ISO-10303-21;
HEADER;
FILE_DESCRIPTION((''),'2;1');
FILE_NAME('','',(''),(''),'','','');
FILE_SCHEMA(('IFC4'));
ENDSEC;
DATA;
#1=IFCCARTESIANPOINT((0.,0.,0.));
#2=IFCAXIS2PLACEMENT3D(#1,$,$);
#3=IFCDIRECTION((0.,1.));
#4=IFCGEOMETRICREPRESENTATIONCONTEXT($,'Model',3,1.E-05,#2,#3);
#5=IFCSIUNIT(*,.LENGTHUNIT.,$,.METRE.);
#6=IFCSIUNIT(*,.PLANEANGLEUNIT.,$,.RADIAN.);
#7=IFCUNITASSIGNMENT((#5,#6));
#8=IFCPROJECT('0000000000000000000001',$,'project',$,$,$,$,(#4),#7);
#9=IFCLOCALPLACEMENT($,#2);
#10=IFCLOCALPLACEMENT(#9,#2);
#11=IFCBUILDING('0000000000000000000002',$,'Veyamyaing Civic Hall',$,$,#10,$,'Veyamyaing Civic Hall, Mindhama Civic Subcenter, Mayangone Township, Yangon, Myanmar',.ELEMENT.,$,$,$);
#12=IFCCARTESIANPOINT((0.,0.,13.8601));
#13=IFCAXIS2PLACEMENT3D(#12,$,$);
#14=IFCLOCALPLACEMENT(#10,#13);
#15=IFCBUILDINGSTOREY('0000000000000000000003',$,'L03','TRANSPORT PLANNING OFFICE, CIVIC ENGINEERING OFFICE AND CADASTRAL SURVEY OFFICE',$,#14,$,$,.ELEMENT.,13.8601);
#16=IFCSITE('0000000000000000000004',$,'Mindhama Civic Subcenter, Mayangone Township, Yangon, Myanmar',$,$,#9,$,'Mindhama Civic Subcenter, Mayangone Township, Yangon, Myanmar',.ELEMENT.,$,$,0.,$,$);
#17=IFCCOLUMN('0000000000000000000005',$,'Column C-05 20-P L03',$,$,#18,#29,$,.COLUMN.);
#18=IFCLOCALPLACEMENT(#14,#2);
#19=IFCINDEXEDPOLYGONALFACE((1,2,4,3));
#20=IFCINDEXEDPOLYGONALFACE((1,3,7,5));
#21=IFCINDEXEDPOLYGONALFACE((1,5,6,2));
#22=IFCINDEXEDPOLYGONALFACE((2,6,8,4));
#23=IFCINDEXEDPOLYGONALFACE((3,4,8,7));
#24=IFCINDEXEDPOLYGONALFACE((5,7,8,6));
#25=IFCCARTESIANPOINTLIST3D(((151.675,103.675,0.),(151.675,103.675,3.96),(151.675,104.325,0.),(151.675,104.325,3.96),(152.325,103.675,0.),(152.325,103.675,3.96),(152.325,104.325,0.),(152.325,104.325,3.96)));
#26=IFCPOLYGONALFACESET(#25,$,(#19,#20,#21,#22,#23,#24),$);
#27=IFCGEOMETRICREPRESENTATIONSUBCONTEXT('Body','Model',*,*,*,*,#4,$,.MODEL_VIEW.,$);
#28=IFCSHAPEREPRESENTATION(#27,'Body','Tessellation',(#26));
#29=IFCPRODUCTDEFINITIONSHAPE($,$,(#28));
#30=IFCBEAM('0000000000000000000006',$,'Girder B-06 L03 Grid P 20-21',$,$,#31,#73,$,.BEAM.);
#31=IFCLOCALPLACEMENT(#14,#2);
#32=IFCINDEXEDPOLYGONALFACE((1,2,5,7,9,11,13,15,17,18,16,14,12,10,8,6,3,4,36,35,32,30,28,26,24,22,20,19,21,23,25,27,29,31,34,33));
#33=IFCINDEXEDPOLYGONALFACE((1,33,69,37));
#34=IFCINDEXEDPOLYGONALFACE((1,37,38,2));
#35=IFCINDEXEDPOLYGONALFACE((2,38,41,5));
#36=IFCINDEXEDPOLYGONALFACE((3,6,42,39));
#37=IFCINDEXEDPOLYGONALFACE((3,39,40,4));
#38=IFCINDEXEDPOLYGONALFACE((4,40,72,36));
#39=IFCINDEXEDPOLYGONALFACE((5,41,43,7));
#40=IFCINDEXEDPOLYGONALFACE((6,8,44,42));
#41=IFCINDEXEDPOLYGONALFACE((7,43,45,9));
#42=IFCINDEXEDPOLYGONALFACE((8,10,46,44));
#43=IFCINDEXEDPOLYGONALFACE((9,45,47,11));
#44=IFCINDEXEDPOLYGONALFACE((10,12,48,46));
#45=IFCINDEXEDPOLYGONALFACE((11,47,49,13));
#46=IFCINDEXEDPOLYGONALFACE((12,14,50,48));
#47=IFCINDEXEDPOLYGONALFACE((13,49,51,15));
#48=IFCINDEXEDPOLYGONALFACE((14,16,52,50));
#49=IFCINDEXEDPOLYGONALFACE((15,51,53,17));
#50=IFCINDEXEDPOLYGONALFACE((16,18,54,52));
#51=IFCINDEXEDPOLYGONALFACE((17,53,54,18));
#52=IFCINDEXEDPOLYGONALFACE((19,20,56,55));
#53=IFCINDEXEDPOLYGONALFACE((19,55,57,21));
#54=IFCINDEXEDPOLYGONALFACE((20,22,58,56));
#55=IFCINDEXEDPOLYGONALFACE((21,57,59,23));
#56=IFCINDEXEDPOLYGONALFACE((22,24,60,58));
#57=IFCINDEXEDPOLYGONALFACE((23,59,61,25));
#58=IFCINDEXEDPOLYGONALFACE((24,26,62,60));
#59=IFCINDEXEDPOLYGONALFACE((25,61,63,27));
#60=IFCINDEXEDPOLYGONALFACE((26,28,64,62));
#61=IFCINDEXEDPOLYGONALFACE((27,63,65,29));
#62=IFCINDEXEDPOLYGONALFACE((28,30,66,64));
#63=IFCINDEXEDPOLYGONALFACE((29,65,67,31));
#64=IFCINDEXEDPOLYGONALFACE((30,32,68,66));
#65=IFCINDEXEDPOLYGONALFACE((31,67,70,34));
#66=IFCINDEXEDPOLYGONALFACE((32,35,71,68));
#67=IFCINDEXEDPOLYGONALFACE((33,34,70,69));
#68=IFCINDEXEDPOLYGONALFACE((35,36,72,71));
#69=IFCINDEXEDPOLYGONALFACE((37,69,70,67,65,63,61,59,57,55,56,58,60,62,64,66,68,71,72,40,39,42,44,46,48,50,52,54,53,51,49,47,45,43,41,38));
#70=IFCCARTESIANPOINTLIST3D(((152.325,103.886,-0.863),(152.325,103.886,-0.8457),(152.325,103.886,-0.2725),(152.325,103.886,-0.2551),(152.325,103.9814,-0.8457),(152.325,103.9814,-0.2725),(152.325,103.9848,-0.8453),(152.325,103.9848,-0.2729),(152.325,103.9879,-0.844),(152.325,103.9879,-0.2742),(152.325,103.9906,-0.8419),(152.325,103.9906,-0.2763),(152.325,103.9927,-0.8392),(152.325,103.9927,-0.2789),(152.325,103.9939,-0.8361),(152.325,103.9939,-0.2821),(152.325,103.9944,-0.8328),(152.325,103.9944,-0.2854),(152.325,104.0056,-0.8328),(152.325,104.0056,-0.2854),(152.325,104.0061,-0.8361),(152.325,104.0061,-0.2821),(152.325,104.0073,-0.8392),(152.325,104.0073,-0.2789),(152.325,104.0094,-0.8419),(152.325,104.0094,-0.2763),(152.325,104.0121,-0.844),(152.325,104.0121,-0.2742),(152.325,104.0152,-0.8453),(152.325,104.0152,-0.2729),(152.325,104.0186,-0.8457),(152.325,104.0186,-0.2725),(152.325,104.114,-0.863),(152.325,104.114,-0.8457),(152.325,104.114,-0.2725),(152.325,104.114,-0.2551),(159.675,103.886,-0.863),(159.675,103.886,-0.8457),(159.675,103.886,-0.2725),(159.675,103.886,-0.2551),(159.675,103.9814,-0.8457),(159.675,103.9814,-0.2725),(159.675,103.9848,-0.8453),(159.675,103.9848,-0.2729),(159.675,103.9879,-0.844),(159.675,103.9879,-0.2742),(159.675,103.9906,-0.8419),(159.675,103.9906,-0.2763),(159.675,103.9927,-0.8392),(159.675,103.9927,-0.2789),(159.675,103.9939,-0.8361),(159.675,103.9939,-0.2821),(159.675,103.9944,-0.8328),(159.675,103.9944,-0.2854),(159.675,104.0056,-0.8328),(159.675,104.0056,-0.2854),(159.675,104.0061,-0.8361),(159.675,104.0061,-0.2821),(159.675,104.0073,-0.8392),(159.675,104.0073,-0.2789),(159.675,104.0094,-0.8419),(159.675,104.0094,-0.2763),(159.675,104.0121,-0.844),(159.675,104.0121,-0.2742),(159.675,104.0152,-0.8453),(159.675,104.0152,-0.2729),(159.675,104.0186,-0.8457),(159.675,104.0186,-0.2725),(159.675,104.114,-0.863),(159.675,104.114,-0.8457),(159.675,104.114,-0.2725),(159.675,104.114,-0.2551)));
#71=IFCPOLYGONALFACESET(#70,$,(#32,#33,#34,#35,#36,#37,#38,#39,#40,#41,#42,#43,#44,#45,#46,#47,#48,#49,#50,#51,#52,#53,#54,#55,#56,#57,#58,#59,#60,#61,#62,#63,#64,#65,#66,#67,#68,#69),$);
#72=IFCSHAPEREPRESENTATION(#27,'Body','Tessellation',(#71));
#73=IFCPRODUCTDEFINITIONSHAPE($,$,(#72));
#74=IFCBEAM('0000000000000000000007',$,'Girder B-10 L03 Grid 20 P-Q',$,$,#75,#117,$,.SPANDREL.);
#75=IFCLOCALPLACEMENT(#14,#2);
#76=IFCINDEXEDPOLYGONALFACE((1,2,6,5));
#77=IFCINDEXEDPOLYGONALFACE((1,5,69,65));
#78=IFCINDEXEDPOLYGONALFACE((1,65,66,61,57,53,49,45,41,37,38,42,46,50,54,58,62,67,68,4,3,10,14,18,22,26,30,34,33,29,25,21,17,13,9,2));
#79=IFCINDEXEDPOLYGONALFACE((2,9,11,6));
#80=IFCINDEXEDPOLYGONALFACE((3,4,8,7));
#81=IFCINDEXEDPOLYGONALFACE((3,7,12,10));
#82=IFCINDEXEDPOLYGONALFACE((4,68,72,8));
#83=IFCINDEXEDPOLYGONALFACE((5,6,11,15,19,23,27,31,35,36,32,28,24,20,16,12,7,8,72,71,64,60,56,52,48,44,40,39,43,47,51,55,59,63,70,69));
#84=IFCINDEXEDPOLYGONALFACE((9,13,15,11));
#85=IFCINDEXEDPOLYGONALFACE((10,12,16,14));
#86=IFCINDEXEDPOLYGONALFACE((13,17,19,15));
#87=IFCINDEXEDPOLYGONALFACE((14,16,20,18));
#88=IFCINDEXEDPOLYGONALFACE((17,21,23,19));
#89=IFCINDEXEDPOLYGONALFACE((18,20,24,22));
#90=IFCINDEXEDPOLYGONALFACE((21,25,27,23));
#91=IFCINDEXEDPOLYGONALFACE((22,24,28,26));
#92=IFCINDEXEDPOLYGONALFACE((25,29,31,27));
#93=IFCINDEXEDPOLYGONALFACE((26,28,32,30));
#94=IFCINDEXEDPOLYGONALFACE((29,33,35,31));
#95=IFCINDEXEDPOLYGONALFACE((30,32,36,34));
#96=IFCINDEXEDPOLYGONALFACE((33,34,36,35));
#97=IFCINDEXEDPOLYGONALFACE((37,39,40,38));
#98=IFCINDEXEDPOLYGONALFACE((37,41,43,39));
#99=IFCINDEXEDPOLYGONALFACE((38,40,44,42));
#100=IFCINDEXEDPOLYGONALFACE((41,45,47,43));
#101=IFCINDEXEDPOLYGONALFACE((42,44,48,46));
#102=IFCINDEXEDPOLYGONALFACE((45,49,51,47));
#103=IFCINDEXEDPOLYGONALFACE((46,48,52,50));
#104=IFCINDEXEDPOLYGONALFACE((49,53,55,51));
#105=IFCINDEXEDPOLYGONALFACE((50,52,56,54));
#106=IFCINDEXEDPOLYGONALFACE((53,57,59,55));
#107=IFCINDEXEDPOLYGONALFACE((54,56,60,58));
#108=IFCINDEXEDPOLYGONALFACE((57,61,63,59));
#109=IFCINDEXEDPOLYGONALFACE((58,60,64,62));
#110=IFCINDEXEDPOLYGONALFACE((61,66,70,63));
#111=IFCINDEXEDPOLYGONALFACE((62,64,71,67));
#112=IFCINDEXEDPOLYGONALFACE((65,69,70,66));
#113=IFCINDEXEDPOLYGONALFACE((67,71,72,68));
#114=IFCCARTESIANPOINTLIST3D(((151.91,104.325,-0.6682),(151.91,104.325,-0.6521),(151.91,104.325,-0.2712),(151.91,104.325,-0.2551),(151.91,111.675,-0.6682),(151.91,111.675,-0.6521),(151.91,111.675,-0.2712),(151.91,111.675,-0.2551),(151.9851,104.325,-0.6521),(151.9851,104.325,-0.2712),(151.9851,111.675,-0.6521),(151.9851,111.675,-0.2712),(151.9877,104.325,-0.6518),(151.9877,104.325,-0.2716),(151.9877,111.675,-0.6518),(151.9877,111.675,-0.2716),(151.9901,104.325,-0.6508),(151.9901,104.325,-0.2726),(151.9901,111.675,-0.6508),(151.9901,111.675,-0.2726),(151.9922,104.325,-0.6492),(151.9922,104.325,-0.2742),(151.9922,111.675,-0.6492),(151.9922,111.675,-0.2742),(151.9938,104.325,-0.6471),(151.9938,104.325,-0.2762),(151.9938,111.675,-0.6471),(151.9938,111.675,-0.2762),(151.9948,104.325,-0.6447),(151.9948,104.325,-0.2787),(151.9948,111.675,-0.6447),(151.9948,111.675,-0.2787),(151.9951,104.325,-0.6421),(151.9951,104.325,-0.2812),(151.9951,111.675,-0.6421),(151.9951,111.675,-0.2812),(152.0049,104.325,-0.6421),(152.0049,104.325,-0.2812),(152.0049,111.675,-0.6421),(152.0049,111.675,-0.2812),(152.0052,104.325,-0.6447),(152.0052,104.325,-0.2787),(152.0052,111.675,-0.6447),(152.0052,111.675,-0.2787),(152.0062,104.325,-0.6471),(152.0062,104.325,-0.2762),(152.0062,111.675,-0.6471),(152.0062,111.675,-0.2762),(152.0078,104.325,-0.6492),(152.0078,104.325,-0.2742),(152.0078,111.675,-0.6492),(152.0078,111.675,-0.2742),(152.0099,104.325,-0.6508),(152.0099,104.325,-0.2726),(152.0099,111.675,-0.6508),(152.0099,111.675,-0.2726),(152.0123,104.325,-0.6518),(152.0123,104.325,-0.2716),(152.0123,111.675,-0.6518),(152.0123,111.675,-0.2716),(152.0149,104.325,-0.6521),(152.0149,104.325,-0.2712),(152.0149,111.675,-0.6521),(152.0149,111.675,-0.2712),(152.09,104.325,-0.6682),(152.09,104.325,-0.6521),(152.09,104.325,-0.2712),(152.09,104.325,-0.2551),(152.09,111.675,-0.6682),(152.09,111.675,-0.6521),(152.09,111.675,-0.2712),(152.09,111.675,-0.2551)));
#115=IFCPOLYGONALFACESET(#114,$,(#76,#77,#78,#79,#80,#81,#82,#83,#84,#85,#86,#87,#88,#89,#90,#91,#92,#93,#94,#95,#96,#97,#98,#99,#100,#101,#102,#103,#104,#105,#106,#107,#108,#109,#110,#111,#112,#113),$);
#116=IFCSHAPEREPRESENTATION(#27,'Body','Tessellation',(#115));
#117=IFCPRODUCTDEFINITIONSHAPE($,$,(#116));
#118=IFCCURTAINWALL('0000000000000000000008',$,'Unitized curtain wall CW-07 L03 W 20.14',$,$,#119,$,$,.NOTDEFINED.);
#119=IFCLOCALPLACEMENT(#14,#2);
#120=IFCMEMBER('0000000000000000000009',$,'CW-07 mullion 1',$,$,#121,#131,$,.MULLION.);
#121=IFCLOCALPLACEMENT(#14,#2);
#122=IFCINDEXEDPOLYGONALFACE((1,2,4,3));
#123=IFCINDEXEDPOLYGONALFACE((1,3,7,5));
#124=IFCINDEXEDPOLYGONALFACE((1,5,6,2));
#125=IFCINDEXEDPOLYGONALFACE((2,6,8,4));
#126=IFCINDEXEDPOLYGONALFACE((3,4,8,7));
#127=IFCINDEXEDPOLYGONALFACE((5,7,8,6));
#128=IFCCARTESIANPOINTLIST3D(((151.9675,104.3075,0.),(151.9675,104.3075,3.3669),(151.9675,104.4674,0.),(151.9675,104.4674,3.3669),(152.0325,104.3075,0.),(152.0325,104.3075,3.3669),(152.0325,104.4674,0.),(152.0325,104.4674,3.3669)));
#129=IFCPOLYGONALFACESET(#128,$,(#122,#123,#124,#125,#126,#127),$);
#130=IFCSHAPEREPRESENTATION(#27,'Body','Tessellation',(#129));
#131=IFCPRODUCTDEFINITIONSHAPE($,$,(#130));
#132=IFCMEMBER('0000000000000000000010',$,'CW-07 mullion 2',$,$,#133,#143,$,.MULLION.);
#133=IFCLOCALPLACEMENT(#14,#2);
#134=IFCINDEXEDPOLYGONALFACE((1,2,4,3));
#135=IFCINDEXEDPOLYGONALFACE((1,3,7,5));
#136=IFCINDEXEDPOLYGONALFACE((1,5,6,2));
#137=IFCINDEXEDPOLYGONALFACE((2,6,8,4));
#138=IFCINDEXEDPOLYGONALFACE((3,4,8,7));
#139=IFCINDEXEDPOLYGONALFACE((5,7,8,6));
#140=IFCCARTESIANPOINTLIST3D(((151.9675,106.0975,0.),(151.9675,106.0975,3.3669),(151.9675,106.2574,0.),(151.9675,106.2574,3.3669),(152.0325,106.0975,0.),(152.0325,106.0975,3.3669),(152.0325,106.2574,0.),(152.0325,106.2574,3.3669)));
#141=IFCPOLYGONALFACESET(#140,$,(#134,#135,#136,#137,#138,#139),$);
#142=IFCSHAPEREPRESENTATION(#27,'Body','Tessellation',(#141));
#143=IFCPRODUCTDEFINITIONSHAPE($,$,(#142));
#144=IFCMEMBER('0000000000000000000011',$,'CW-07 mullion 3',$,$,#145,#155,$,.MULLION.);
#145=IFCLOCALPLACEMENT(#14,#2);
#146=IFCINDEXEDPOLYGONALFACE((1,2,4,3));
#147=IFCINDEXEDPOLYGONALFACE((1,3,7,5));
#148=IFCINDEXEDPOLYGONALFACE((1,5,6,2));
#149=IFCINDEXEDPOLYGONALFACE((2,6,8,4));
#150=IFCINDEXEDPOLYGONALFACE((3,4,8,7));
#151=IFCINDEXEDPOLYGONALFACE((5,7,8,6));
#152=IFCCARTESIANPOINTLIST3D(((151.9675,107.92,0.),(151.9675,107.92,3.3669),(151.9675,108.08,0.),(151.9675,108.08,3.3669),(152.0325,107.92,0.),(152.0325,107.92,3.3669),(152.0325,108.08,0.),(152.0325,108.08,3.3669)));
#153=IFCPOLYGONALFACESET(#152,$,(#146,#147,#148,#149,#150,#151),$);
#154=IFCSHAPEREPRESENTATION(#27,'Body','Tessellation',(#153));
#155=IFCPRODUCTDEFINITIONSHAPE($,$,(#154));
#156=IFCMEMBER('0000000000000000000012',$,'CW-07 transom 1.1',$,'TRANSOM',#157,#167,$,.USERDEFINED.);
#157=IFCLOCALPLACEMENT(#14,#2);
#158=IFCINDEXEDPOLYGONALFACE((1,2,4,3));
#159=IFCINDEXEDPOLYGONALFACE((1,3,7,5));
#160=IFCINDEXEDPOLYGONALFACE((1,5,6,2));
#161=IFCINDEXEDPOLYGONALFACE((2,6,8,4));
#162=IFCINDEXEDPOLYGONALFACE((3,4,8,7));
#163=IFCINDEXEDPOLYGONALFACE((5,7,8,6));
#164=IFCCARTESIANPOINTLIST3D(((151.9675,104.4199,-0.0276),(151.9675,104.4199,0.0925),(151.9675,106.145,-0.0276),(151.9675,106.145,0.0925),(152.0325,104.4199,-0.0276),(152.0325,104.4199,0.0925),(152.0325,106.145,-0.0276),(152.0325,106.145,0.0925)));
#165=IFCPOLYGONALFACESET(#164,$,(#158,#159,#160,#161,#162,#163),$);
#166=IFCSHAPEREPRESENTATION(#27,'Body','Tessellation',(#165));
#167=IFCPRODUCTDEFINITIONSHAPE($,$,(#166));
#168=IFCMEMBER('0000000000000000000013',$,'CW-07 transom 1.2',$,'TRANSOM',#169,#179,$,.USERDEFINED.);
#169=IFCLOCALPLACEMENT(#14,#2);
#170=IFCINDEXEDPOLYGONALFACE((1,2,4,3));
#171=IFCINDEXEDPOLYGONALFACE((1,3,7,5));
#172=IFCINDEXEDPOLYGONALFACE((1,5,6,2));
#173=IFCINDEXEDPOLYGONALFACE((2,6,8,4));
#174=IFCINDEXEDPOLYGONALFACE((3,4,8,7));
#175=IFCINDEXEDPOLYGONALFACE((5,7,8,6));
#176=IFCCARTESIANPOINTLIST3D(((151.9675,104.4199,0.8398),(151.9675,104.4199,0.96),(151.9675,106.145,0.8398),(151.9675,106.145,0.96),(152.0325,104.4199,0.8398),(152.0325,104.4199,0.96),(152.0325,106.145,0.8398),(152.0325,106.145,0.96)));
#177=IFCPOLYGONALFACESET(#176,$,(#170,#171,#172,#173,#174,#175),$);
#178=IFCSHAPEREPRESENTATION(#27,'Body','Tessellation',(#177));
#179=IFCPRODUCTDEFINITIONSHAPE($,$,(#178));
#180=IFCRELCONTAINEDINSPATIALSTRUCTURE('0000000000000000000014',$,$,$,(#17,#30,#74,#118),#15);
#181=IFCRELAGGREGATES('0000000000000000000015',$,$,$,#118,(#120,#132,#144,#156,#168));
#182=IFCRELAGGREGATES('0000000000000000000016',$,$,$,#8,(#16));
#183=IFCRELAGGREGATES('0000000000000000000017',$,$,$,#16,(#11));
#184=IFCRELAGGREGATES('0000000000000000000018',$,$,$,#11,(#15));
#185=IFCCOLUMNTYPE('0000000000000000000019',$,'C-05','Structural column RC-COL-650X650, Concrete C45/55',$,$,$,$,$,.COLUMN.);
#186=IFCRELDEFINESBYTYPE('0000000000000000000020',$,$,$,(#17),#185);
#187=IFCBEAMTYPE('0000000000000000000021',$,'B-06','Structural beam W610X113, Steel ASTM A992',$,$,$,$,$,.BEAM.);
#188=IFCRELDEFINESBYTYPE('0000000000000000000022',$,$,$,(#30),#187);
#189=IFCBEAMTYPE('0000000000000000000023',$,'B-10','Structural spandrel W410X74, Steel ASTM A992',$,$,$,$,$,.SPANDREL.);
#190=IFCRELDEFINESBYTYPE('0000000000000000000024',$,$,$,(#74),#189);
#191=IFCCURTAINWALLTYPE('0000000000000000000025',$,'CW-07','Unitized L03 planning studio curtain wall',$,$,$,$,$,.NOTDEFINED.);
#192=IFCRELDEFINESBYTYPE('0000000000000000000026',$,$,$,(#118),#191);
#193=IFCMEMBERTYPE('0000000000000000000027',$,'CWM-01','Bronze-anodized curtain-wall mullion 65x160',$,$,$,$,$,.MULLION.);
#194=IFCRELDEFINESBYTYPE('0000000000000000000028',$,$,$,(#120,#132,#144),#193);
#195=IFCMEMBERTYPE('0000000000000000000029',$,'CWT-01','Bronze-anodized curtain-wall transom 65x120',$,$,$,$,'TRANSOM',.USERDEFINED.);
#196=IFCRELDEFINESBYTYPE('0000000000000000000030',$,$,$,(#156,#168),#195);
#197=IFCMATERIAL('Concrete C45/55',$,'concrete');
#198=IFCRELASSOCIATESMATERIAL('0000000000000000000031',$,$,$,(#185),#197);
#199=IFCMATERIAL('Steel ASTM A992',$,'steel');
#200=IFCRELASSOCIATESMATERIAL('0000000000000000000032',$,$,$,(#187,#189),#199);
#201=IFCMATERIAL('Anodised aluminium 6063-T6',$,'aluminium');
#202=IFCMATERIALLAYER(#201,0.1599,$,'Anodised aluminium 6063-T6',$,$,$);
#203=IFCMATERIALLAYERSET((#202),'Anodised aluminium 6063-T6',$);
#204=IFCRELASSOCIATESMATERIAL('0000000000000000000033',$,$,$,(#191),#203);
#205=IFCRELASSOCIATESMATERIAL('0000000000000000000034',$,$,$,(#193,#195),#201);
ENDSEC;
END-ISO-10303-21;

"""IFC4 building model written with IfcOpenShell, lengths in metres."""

from ifc_helpers import new_model, si_unit, direction, frame, origin, origin_2d, place, context, subcontext, project, spatial, rectangle, i_section, extrude, material, layer, layer_set, material_profile, profile_set, type_object, element, aggregate, save


model = new_model("IFC4")

# Units and contexts
model_context = context("Model", 3, precision=1e-05, world=origin(), true_north=direction((0.0, 1.0)))
body_context = subcontext(model_context, "Body", "Model", "MODEL_VIEW")
ifc_project = project(units=[si_unit("LENGTHUNIT", "METRE"), si_unit("PLANEANGLEUNIT", "RADIAN")], contexts=[model_context])

# Site, building, storey
site_placement = place(None, origin())
site = spatial("IfcSite", under=ifc_project, at=site_placement, Name="Mindhama Civic Subcenter, Mayangone Township, Yangon, Myanmar", LongName="Mindhama Civic Subcenter, Mayangone Township, Yangon, Myanmar", CompositionType="ELEMENT", RefElevation=0.0)
building_placement = place(site_placement, origin())
building = spatial("IfcBuilding", under=site, at=building_placement, Name="Veyamyaing Civic Hall", LongName="Veyamyaing Civic Hall, Mindhama Civic Subcenter, Mayangone Township, Yangon, Myanmar", CompositionType="ELEMENT")
storey_placement = place(building_placement, frame((0.0, 0.0, 13.8601)))
storey = spatial("IfcBuildingStorey", under=building, at=storey_placement, Name="L03", Description="TRANSPORT PLANNING OFFICE, CIVIC ENGINEERING OFFICE AND CADASTRAL SURVEY OFFICE", CompositionType="ELEMENT", Elevation=13.8601)

# Column
ifc_material_1 = material(Name="Concrete C45/55", Category="concrete")
ifc_material_profile_1 = material_profile(ifc_material_1, rectangle(XDim=0.6499, YDim=0.6499, at=origin_2d()), Name="RC-COL-650X650")
ifc_profile_set_1 = profile_set([ifc_material_profile_1], Name="Concrete C45/55")
column_type = type_object("IfcColumnType", Name="C-05", Description="Structural column RC-COL-650X650, Concrete C45/55", PredefinedType="COLUMN", material=ifc_profile_set_1)
column_placement = place(storey_placement, frame((152.0, 104.0, 0.0), z_axis=(0.0, 0.0, 1.0), x_axis=(1.0, 0.0, 0.0)))
element("IfcColumn", 1, at=column_placement, inside=storey, type_object=column_type, Name="Column C-05 20-P L03", PredefinedType="COLUMN", context=body_context, shape_type="SweptSolid", body=[
    extrude(rectangle(XDim=0.6499, YDim=0.6499, at=origin_2d()), origin(), (0.0, 0.0, 1.0), 3.96),
])

# Beams
ifc_material_2 = material(Name="Steel ASTM A992", Category="steel")
ifc_material_profile_2 = material_profile(ifc_material_2, i_section(OverallWidth=0.228, OverallDepth=0.6079, WebThickness=0.0112, FlangeThickness=0.0173, FilletRadius=0.0129, at=origin_2d()), Name="W610X113")
ifc_profile_set_2 = profile_set([ifc_material_profile_2], Name="Steel ASTM A992")
beam_type_1 = type_object("IfcBeamType", Name="B-06", Description="Structural beam W610X113, Steel ASTM A992", PredefinedType="BEAM", material=ifc_profile_set_2)
beam_1_placement = place(storey_placement, frame((152.325, 104.0, -0.5591), z_axis=(1.0, 0.0, 0.0), x_axis=(0.0, 1.0, 0.0)))
element("IfcBeam", 2, at=beam_1_placement, inside=storey, type_object=beam_type_1, Name="Girder B-06 L03 Grid P 20-21", PredefinedType="BEAM", context=body_context, shape_type="SweptSolid", body=[
    extrude(i_section(OverallWidth=0.228, OverallDepth=0.6079, WebThickness=0.0112, FlangeThickness=0.0173, FilletRadius=0.0129, at=origin_2d()), origin(), (0.0, 0.0, 1.0), 7.3501),
])
ifc_material_profile_3 = material_profile(ifc_material_2, i_section(OverallWidth=0.1799, OverallDepth=0.4131, WebThickness=0.0098, FlangeThickness=0.0161, FilletRadius=0.01, at=origin_2d()), Name="W410X74")
ifc_profile_set_3 = profile_set([ifc_material_profile_3], Name="Steel ASTM A992")
beam_type_2 = type_object("IfcBeamType", Name="B-10", Description="Structural spandrel W410X74, Steel ASTM A992", PredefinedType="SPANDREL", material=ifc_profile_set_3)
beam_2_placement = place(storey_placement, frame((152.0, 104.325, -0.4617), z_axis=(0.0, 1.0, 0.0), x_axis=(-1.0, 0.0, 0.0)))
element("IfcBeam", 3, at=beam_2_placement, inside=storey, type_object=beam_type_2, Name="Girder B-10 L03 Grid 20 P-Q", PredefinedType="SPANDREL", context=body_context, shape_type="SweptSolid", body=[
    extrude(i_section(OverallWidth=0.1799, OverallDepth=0.4131, WebThickness=0.0098, FlangeThickness=0.0161, FilletRadius=0.01, at=origin_2d()), origin(), (0.0, 0.0, 1.0), 7.3501),
])

# Curtain wall, members
ifc_material_3 = material(Name="Anodised aluminium 6063-T6", Category="aluminium")
ifc_layer_1 = layer(ifc_material_3, 0.1599, Name="Anodised aluminium 6063-T6")
ifc_layer_set_1 = layer_set([ifc_layer_1], Name="Anodised aluminium 6063-T6")
curtain_wall_type = type_object("IfcCurtainWallType", Name="CW-07", Description="Unitized L03 planning studio curtain wall", PredefinedType="NOTDEFINED", material=ifc_layer_set_1)
curtain_wall_placement = place(storey_placement, origin())
curtain_wall = element("IfcCurtainWall", 4, at=curtain_wall_placement, inside=storey, type_object=curtain_wall_type, Name="Unitized curtain wall CW-07 L03 W 20.14", PredefinedType="NOTDEFINED")
ifc_material_profile_4 = material_profile(ifc_material_3, rectangle(XDim=0.0649, YDim=0.1599, at=origin_2d()), Name="ALU-MUL-65X160")
ifc_profile_set_4 = profile_set([ifc_material_profile_4], Name="Anodised aluminium 6063-T6")
member_type_1 = type_object("IfcMemberType", Name="CWM-01", Description="Bronze-anodized curtain-wall mullion 65x160", PredefinedType="MULLION", material=ifc_profile_set_4)
member_1_placement = place(storey_placement, frame((152.0, 104.3875, 0.0), z_axis=(0.0, 0.0, 1.0), x_axis=(-1.0, 0.0, 0.0)))
member_1 = element("IfcMember", 5, at=member_1_placement, type_object=member_type_1, Name="CW-07 mullion 1", PredefinedType="MULLION", context=body_context, shape_type="SweptSolid", body=[
    extrude(rectangle(XDim=0.0649, YDim=0.1599, at=origin_2d()), origin(), (0.0, 0.0, 1.0), 3.3669),
])
member_2_placement = place(storey_placement, frame((152.0, 106.1775, 0.0), z_axis=(0.0, 0.0, 1.0), x_axis=(-1.0, 0.0, 0.0)))
member_2 = element("IfcMember", 6, at=member_2_placement, type_object=member_type_1, Name="CW-07 mullion 2", PredefinedType="MULLION", context=body_context, shape_type="SweptSolid", body=[
    extrude(rectangle(XDim=0.0649, YDim=0.1599, at=origin_2d()), origin(), (0.0, 0.0, 1.0), 3.3669),
])
member_3_placement = place(storey_placement, frame((152.0, 108.0, 0.0), z_axis=(0.0, 0.0, 1.0), x_axis=(-1.0, 0.0, 0.0)))
member_3 = element("IfcMember", 7, at=member_3_placement, type_object=member_type_1, Name="CW-07 mullion 3", PredefinedType="MULLION", context=body_context, shape_type="SweptSolid", body=[
    extrude(rectangle(XDim=0.0649, YDim=0.1599, at=origin_2d()), origin(), (0.0, 0.0, 1.0), 3.3669),
])
ifc_material_profile_5 = material_profile(ifc_material_3, rectangle(XDim=0.0649, YDim=0.1201, at=origin_2d()), Name="ALU-TRN-65X120")
ifc_profile_set_5 = profile_set([ifc_material_profile_5], Name="Anodised aluminium 6063-T6")
member_type_2 = type_object("IfcMemberType", Name="CWT-01", Description="Bronze-anodized curtain-wall transom 65x120", ElementType="TRANSOM", PredefinedType="USERDEFINED", material=ifc_profile_set_5)
member_4_placement = place(storey_placement, frame((152.0, 104.4199, 0.0325), z_axis=(0.0, 1.0, 0.0), x_axis=(-1.0, 0.0, 0.0)))
member_4 = element("IfcMember", 8, at=member_4_placement, type_object=member_type_2, Name="CW-07 transom 1.1", ObjectType="TRANSOM", PredefinedType="USERDEFINED", context=body_context, shape_type="SweptSolid", body=[
    extrude(rectangle(XDim=0.0649, YDim=0.1201, at=origin_2d()), origin(), (0.0, 0.0, 1.0), 1.7251),
])
member_5_placement = place(storey_placement, frame((152.0, 104.4199, 0.8999), z_axis=(0.0, 1.0, 0.0), x_axis=(-1.0, 0.0, 0.0)))
member_5 = element("IfcMember", 9, at=member_5_placement, type_object=member_type_2, Name="CW-07 transom 1.2", ObjectType="TRANSOM", PredefinedType="USERDEFINED", context=body_context, shape_type="SweptSolid", body=[
    extrude(rectangle(XDim=0.0649, YDim=0.1201, at=origin_2d()), origin(), (0.0, 0.0, 1.0), 1.7251),
])

aggregate(curtain_wall, [member_1, member_2, member_3, member_4, member_5])

save(model, "model.ifc")
